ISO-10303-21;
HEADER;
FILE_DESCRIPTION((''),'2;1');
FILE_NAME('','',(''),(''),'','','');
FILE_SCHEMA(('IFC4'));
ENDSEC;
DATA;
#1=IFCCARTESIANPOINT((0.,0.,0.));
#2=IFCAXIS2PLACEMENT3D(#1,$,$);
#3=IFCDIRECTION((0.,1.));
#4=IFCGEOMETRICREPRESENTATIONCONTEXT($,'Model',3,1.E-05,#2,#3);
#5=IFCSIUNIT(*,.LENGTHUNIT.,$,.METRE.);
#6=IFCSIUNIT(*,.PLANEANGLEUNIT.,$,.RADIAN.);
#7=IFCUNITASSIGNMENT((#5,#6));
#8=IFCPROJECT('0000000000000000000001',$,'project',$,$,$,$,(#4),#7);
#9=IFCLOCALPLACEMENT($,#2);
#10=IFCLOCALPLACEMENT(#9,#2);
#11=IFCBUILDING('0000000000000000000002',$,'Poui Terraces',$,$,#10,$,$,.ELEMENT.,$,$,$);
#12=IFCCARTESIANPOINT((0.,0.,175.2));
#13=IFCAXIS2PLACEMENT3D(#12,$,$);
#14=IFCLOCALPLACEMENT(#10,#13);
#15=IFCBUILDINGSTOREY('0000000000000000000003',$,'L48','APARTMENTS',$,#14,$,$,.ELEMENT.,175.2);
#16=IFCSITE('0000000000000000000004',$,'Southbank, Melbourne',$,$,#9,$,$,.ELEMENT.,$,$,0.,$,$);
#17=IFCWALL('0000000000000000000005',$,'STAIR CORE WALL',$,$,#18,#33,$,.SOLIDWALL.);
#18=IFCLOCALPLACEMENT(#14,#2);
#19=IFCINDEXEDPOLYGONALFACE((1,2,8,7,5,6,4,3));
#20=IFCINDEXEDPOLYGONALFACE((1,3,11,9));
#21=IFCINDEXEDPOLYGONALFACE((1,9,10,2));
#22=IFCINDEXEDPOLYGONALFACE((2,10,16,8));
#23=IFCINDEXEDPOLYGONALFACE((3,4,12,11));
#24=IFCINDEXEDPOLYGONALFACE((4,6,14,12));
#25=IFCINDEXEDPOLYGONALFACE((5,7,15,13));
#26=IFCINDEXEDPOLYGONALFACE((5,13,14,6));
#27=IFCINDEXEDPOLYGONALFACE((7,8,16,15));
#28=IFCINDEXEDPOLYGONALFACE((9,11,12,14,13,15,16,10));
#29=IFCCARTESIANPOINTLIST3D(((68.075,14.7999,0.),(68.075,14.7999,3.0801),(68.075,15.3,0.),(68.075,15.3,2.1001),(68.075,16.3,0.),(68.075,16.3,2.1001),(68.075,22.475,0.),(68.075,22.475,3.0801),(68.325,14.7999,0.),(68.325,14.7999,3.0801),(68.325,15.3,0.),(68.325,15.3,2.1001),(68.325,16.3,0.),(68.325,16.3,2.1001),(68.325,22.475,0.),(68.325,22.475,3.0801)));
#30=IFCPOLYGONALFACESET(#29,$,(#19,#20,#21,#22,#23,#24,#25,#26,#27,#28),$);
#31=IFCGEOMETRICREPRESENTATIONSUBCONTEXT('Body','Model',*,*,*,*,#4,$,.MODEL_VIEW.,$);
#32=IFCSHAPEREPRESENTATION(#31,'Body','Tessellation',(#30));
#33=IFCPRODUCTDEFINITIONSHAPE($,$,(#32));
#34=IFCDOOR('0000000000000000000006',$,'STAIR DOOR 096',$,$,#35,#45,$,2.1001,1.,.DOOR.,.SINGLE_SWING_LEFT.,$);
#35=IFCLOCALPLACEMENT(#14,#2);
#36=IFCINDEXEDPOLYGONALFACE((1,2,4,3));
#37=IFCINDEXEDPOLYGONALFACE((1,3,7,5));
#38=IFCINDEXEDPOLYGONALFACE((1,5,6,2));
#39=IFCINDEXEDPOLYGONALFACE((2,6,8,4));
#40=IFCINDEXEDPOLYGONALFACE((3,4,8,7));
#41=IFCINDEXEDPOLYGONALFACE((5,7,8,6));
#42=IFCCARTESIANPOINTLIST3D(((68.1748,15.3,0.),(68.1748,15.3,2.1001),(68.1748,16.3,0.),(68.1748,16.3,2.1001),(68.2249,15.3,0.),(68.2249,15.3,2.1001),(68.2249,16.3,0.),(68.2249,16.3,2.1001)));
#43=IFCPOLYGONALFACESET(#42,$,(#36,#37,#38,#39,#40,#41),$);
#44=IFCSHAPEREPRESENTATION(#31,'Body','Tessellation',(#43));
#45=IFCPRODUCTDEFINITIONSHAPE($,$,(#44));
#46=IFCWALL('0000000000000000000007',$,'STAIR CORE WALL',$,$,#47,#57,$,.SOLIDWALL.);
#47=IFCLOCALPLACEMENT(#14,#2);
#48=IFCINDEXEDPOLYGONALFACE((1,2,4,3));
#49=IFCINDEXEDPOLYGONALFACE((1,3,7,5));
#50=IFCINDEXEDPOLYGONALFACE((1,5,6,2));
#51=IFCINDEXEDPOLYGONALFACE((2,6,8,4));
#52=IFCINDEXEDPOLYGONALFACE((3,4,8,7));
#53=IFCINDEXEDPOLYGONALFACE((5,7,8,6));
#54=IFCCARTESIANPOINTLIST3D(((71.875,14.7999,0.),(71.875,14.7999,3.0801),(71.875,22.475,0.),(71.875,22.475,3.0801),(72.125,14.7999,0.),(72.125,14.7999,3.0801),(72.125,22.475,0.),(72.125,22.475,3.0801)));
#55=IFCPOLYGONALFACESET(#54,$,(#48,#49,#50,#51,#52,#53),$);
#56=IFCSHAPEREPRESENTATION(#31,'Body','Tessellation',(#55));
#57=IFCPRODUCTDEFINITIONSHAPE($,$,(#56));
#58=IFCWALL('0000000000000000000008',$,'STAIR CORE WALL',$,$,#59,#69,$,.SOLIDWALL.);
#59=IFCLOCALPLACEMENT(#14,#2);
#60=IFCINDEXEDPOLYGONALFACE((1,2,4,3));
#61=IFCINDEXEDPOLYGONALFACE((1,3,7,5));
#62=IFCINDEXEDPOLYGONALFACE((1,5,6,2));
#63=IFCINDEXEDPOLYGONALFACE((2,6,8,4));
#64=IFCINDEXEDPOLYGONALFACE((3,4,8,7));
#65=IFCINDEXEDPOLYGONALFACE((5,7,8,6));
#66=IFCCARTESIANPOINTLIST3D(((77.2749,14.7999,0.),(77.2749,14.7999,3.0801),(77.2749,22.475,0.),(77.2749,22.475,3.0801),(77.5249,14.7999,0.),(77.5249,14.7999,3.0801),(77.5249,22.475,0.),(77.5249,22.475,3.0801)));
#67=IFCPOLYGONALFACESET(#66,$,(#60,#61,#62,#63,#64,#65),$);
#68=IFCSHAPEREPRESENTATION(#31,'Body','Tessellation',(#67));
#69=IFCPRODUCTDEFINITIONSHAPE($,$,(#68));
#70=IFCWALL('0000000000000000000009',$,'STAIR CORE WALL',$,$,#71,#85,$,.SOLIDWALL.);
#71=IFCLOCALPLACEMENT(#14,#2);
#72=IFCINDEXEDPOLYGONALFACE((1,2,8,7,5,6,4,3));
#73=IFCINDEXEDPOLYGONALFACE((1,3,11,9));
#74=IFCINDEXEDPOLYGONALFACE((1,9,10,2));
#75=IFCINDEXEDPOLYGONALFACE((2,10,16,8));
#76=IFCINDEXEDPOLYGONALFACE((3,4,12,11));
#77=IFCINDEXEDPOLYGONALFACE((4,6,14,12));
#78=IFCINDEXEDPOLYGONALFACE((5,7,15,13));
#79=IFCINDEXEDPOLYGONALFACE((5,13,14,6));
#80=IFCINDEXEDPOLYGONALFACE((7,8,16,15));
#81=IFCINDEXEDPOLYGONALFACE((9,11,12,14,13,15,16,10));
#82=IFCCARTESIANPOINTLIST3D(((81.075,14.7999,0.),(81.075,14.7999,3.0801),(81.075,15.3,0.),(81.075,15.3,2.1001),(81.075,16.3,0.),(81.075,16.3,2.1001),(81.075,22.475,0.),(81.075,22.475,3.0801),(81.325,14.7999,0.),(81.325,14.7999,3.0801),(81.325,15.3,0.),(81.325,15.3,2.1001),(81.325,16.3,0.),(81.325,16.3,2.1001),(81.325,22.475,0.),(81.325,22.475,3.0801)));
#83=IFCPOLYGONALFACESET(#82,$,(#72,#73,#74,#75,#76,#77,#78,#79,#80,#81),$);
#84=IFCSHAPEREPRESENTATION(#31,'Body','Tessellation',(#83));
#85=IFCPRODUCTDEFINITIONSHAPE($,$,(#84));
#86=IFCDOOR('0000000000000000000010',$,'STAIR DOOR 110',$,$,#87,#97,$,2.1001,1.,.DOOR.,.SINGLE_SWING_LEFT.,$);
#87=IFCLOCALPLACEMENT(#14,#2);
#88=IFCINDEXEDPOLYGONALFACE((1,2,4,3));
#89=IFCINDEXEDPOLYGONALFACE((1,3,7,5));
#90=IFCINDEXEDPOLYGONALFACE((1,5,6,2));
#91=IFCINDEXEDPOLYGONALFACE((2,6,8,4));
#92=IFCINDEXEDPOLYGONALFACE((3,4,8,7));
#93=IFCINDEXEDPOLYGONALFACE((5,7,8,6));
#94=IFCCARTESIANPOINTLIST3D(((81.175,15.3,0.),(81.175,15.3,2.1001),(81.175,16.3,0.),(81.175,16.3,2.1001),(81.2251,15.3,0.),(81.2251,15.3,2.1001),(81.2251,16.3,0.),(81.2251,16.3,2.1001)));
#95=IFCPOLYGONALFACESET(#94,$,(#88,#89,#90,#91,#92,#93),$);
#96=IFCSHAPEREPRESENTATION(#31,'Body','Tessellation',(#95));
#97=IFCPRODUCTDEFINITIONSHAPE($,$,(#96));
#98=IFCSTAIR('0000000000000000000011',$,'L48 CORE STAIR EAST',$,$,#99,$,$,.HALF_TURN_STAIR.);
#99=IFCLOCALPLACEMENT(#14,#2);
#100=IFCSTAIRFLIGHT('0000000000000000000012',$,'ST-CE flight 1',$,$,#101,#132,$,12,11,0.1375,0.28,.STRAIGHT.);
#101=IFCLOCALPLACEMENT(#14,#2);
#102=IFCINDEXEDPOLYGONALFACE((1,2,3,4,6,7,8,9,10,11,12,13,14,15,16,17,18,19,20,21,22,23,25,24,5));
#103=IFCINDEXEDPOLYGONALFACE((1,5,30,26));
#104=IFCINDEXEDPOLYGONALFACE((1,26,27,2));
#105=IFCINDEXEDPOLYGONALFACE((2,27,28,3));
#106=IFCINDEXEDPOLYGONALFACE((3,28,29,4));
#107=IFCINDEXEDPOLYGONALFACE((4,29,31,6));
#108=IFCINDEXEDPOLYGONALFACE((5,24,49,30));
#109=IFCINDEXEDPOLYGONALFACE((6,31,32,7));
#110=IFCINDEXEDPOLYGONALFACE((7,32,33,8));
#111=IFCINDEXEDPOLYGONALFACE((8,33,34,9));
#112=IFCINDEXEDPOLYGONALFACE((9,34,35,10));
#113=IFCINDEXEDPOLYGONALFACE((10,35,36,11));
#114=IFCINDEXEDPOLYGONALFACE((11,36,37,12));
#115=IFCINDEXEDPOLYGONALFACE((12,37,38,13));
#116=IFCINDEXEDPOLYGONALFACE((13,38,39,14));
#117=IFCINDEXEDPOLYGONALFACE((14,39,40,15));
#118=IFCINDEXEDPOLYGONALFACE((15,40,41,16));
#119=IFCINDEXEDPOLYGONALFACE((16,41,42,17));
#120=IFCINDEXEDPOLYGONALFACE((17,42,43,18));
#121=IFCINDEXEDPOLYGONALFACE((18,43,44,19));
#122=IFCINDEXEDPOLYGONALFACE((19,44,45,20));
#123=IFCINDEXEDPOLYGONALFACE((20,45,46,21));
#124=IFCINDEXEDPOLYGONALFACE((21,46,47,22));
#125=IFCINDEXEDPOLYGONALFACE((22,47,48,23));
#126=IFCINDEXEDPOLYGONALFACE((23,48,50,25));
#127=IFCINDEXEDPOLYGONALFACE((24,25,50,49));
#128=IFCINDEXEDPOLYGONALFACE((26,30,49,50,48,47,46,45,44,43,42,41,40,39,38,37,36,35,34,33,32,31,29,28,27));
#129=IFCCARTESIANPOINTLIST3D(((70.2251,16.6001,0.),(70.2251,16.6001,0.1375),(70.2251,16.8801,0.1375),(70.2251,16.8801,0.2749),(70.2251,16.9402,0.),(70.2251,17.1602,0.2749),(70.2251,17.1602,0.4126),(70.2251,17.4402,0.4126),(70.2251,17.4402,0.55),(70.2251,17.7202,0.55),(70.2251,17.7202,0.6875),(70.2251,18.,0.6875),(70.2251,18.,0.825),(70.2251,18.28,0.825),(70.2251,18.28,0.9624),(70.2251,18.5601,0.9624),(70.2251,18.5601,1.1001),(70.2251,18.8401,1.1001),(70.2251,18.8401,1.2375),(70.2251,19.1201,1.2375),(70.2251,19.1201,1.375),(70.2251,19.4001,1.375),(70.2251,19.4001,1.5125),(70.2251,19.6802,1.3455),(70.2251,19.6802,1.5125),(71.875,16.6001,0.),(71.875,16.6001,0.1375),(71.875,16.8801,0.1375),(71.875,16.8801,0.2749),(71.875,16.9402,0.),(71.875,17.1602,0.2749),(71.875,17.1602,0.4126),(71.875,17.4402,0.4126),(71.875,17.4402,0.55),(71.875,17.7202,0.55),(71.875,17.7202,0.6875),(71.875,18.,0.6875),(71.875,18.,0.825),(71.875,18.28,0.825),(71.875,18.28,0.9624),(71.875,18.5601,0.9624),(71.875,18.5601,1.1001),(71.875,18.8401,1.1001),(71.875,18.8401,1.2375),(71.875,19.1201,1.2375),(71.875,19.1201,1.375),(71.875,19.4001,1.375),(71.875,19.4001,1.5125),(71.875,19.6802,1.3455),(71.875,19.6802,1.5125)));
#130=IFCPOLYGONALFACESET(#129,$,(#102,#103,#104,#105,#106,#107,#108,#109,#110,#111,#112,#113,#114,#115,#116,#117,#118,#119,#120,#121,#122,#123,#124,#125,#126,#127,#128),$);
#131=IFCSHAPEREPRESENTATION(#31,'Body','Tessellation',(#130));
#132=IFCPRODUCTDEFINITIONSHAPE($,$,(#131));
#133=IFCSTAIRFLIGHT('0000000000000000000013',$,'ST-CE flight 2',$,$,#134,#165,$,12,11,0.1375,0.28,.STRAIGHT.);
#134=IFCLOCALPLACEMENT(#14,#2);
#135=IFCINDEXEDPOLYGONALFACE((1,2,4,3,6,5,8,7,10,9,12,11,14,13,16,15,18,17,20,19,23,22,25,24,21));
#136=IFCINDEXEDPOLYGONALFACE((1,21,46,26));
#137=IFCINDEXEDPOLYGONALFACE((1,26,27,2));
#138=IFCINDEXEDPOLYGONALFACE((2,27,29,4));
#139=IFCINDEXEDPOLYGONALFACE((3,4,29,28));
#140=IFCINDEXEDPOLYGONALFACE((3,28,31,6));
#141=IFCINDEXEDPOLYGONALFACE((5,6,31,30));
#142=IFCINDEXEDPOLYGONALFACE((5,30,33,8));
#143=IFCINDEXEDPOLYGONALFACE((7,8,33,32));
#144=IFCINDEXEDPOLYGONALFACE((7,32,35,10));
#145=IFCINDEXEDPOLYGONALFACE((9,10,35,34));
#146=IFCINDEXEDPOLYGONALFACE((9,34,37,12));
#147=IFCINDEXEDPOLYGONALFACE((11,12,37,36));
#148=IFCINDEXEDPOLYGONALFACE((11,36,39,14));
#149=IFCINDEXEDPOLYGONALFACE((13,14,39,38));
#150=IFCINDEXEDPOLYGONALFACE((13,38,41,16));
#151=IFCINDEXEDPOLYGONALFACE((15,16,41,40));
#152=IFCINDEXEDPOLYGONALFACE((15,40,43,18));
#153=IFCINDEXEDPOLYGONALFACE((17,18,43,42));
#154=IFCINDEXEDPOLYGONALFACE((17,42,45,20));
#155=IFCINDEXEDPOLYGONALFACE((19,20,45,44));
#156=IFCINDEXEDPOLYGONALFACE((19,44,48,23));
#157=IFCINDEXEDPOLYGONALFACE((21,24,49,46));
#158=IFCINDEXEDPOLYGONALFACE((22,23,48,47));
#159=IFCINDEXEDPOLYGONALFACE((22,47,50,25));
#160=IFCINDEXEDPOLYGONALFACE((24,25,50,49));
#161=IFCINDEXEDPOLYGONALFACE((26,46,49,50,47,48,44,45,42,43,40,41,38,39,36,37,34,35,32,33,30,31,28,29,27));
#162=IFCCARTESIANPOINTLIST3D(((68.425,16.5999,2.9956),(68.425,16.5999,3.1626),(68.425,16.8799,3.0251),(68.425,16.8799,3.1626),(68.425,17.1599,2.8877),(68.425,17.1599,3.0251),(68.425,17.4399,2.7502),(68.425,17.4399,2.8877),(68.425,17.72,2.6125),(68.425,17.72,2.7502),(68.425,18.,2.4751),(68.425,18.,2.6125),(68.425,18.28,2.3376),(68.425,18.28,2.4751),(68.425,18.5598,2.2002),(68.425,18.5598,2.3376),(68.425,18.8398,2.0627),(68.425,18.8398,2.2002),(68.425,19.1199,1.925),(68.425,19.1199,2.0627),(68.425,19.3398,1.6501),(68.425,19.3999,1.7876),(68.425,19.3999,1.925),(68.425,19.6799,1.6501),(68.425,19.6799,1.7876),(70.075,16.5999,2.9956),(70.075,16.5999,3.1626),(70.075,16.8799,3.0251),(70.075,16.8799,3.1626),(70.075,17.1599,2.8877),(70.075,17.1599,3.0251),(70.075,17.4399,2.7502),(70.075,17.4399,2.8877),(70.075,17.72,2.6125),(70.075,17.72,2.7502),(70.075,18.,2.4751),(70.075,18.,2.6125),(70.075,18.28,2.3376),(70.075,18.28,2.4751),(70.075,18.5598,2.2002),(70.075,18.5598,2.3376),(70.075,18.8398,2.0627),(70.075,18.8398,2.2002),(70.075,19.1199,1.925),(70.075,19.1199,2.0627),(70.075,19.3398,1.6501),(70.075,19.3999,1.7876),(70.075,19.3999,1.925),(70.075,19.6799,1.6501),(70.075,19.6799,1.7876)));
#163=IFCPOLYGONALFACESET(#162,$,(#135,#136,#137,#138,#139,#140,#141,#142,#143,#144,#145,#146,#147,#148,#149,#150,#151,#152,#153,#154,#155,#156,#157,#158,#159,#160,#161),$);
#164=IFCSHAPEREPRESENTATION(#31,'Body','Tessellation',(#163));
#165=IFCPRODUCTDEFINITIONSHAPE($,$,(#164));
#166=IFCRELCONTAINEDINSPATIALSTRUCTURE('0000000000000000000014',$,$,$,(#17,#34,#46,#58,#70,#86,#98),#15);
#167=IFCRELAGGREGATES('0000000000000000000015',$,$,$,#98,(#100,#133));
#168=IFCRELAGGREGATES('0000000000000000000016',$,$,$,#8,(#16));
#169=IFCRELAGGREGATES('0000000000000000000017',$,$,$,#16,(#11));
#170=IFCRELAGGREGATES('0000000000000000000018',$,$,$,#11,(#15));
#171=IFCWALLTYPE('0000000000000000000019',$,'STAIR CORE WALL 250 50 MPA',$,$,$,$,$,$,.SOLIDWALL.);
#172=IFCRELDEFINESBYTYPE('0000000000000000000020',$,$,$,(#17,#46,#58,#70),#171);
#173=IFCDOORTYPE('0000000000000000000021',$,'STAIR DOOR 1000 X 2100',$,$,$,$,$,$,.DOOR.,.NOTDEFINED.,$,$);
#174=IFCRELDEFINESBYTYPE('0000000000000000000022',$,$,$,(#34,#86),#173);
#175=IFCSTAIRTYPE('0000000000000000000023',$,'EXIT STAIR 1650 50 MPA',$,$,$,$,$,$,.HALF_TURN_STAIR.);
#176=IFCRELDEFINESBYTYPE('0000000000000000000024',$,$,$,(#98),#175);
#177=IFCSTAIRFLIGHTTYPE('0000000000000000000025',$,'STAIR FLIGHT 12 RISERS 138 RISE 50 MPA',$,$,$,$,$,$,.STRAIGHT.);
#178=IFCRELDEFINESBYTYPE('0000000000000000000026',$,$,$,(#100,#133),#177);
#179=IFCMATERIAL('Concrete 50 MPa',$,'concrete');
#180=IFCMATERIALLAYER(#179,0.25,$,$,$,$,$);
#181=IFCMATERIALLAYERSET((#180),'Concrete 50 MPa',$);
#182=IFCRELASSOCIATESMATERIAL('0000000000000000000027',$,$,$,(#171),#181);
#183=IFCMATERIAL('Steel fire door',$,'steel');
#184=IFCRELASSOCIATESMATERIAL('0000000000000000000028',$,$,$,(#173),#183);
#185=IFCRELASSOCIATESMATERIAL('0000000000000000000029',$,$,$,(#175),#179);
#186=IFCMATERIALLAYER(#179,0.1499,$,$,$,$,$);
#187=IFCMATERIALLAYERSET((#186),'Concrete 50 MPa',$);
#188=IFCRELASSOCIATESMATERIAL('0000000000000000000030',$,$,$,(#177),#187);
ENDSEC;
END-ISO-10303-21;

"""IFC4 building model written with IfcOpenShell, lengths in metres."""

from ifc_helpers import new_model, si_unit, direction, frame, frame_2d, origin, place, context, subcontext, project, spatial, polyline, rectangle, outline, extrude, material, layer, layer_set, type_object, element, fill, aggregate, save


model = new_model("IFC4")

# Units and contexts
model_context = context("Model", 3, precision=1e-05, world=origin(), true_north=direction((0.0, 1.0)))
body_context = subcontext(model_context, "Body", "Model", "MODEL_VIEW")
ifc_project = project(units=[si_unit("LENGTHUNIT", "METRE"), si_unit("PLANEANGLEUNIT", "RADIAN")], contexts=[model_context])

# Site, building, storey
site_placement = place(None, origin())
site = spatial("IfcSite", under=ifc_project, at=site_placement, Name="Southbank, Melbourne", CompositionType="ELEMENT", RefElevation=0.0)
building_placement = place(site_placement, origin())
building = spatial("IfcBuilding", under=site, at=building_placement, Name="Poui Terraces", CompositionType="ELEMENT")
storey_placement = place(building_placement, frame((0.0, 0.0, 175.2)))
storey = spatial("IfcBuildingStorey", under=building, at=storey_placement, Name="L48", Description="APARTMENTS", CompositionType="ELEMENT", Elevation=175.2)

# Wall, opening, door
ifc_material_1 = material(Name="Concrete 50 MPa", Category="concrete")
ifc_layer_1 = layer(ifc_material_1, 0.25)
ifc_layer_set_1 = layer_set([ifc_layer_1], Name="Concrete 50 MPa")
wall_type = type_object("IfcWallType", Name="STAIR CORE WALL 250 50 MPA", PredefinedType="SOLIDWALL", material=ifc_layer_set_1)
wall_1_placement = place(storey_placement, frame((68.2, 14.8, 0.0), z_axis=(0.0, 0.0, 1.0), x_axis=(0.0, 1.0, 0.0)))
wall_1 = element("IfcWall", 1, at=wall_1_placement, inside=storey, type_object=wall_type, Name="STAIR CORE WALL", PredefinedType="SOLIDWALL", context=body_context, shape_type="SweptSolid", body=[
    extrude(rectangle(XDim=7.675, YDim=0.25, at=frame_2d((3.8374, 0.0))), origin(), (0.0, 0.0, 1.0), 3.0801),
])
opening_1_placement = place(wall_1_placement, frame((0.5, 0.0, 0.0)))
opening_1 = element("IfcOpeningElement", 2, at=opening_1_placement, cuts=wall_1, PredefinedType="OPENING", context=body_context, shape_type="SweptSolid", body=[
    extrude(rectangle(XDim=1.0, YDim=2.1001, at=frame_2d((0.5, 1.05))), frame((0.0, 0.135, 0.0), z_axis=(0.0, -1.0, 0.0), x_axis=(1.0, 0.0, 0.0)), (0.0, 0.0, 1.0), 0.27),
])
ifc_material_2 = material(Name="Steel fire door", Category="steel")
door_type = type_object("IfcDoorType", Name="STAIR DOOR 1000 X 2100", OperationType="NOTDEFINED", PredefinedType="DOOR", material=ifc_material_2)
door_1_placement = place(opening_1_placement, frame((1.0, 0.0, 0.0), z_axis=(0.0, 0.0, 1.0), x_axis=(-1.0, 0.0, 0.0)))
door_1 = element("IfcDoor", 3, at=door_1_placement, inside=storey, type_object=door_type, Name="STAIR DOOR 096", OperationType="SINGLE_SWING_LEFT", OverallHeight=2.1001, OverallWidth=1.0, PredefinedType="DOOR", context=body_context, shape_type="SweptSolid", body=[
    extrude(rectangle(XDim=1.0, YDim=2.1001, at=frame_2d((0.5, 1.05))), frame((0.0, 0.0249, 0.0), z_axis=(0.0, -1.0, 0.0), x_axis=(1.0, 0.0, 0.0)), (0.0, 0.0, 1.0), 0.05),
])
fill(opening_1, door_1)

# Walls
for number, where, z_axis, x_axis, name in (
    (4, (72.0, 14.8, 0.0), (0.0, 0.0, 1.0), (0.0, 1.0, 0.0), "STAIR CORE WALL"),
    (5, (77.3999, 14.8, 0.0), (0.0, 0.0, 1.0), (0.0, 1.0, 0.0), "STAIR CORE WALL"),
):
    element("IfcWall", number, at=place(storey_placement, frame(where, z_axis=z_axis, x_axis=x_axis)), inside=storey, type_object=wall_type, Name=name, PredefinedType="SOLIDWALL", context=body_context, shape_type="SweptSolid", body=[
        extrude(rectangle(XDim=7.675, YDim=0.25, at=frame_2d((3.8374, 0.0))), origin(), (0.0, 0.0, 1.0), 3.0801),
    ])

# Wall, opening, door
wall_2_placement = place(storey_placement, frame((81.2, 14.8, 0.0), z_axis=(0.0, 0.0, 1.0), x_axis=(0.0, 1.0, 0.0)))
wall_2 = element("IfcWall", 6, at=wall_2_placement, inside=storey, type_object=wall_type, Name="STAIR CORE WALL", PredefinedType="SOLIDWALL", context=body_context, shape_type="SweptSolid", body=[
    extrude(rectangle(XDim=7.675, YDim=0.25, at=frame_2d((3.8374, 0.0))), origin(), (0.0, 0.0, 1.0), 3.0801),
])
opening_2_placement = place(wall_2_placement, frame((0.5, 0.0, 0.0)))
opening_2 = element("IfcOpeningElement", 7, at=opening_2_placement, cuts=wall_2, PredefinedType="OPENING", context=body_context, shape_type="SweptSolid", body=[
    extrude(rectangle(XDim=1.0, YDim=2.1001, at=frame_2d((0.5, 1.05))), frame((0.0, 0.135, 0.0), z_axis=(0.0, -1.0, 0.0), x_axis=(1.0, 0.0, 0.0)), (0.0, 0.0, 1.0), 0.27),
])
door_2_placement = place(opening_2_placement, origin())
door_2 = element("IfcDoor", 8, at=door_2_placement, inside=storey, type_object=door_type, Name="STAIR DOOR 110", OperationType="SINGLE_SWING_LEFT", OverallHeight=2.1001, OverallWidth=1.0, PredefinedType="DOOR", context=body_context, shape_type="SweptSolid", body=[
    extrude(rectangle(XDim=1.0, YDim=2.1001, at=frame_2d((0.5, 1.05))), frame((0.0, 0.0249, 0.0), z_axis=(0.0, -1.0, 0.0), x_axis=(1.0, 0.0, 0.0)), (0.0, 0.0, 1.0), 0.05),
])
fill(opening_2, door_2)

# Stair, stair flights
stair_type = type_object("IfcStairType", Name="EXIT STAIR 1650 50 MPA", PredefinedType="HALF_TURN_STAIR", material=ifc_material_1)
stair_1_placement = place(storey_placement, origin())
stair_1 = element("IfcStair", 9, at=stair_1_placement, inside=storey, type_object=stair_type, Name="L48 CORE STAIR EAST", PredefinedType="HALF_TURN_STAIR")
ifc_layer_2 = layer(ifc_material_1, 0.1499)
ifc_layer_set_2 = layer_set([ifc_layer_2], Name="Concrete 50 MPa")
stair_flight_type = type_object("IfcStairFlightType", Name="STAIR FLIGHT 12 RISERS 138 RISE 50 MPA", PredefinedType="STRAIGHT", material=ifc_layer_set_2)
stair_flight_1_placement = place(storey_placement, frame((71.05, 16.6001, 0.0), z_axis=(0.0, 0.0, 1.0), x_axis=(0.0, 1.0, 0.0)))
stair_flight_1 = element("IfcStairFlight", 10, at=stair_flight_1_placement, type_object=stair_flight_type, Name="ST-CE flight 1", NumberOfRisers=12, NumberOfTreads=11, PredefinedType="STRAIGHT", RiserHeight=0.1375, TreadLength=0.28, context=body_context, shape_type="SweptSolid", body=[
    extrude(outline(polyline([(0.0, 0.0), (0.0, 0.1375), (0.28, 0.1375), (0.28, 0.2749), (0.5601, 0.2749), (0.5601, 0.4126), (0.8401, 0.4126), (0.8401, 0.55), (1.1201, 0.55), (1.1201, 0.6875), (1.3999, 0.6875), (1.3999, 0.825), (1.6799, 0.825), (1.6799, 0.9624), (1.96, 0.9624), (1.96, 1.1001), (2.24, 1.1001), (2.24, 1.2375), (2.52, 1.2375), (2.52, 1.375), (2.8, 1.375), (2.8, 1.5125), (3.0801, 1.5125), (3.0801, 1.6499), (3.0801, 1.3455), (0.3401, 0.0), (0.0, 0.0)])), frame((0.0, 0.825, 0.0), z_axis=(0.0, -1.0, 0.0), x_axis=(1.0, 0.0, 0.0)), (0.0, 0.0, 1.0), 1.6499),
])
stair_flight_2_placement = place(storey_placement, frame((69.25, 19.6799, 1.6501), z_axis=(0.0, 0.0, 1.0), x_axis=(0.0, -1.0, 0.0)))
stair_flight_2 = element("IfcStairFlight", 11, at=stair_flight_2_placement, type_object=stair_flight_type, Name="ST-CE flight 2", NumberOfRisers=12, NumberOfTreads=11, PredefinedType="STRAIGHT", RiserHeight=0.1375, TreadLength=0.28, context=body_context, shape_type="SweptSolid", body=[
    extrude(outline(polyline([(0.0, 0.0), (0.0, 0.1375), (0.28, 0.1375), (0.28, 0.2749), (0.5601, 0.2749), (0.5601, 0.4126), (0.8401, 0.4126), (0.8401, 0.55), (1.1201, 0.55), (1.1201, 0.6875), (1.3999, 0.6875), (1.3999, 0.825), (1.6799, 0.825), (1.6799, 0.9624), (1.96, 0.9624), (1.96, 1.1001), (2.24, 1.1001), (2.24, 1.2375), (2.52, 1.2375), (2.52, 1.375), (2.8, 1.375), (2.8, 1.5125), (3.0801, 1.5125), (3.0801, 1.6499), (3.0801, 1.3455), (0.3401, 0.0), (0.0, 0.0)])), frame((0.0, 0.825, 0.0), z_axis=(0.0, -1.0, 0.0), x_axis=(1.0, 0.0, 0.0)), (0.0, 0.0, 1.0), 1.6499),
])
aggregate(stair_1, [stair_flight_1, stair_flight_2])

save(model, "model.ifc")
